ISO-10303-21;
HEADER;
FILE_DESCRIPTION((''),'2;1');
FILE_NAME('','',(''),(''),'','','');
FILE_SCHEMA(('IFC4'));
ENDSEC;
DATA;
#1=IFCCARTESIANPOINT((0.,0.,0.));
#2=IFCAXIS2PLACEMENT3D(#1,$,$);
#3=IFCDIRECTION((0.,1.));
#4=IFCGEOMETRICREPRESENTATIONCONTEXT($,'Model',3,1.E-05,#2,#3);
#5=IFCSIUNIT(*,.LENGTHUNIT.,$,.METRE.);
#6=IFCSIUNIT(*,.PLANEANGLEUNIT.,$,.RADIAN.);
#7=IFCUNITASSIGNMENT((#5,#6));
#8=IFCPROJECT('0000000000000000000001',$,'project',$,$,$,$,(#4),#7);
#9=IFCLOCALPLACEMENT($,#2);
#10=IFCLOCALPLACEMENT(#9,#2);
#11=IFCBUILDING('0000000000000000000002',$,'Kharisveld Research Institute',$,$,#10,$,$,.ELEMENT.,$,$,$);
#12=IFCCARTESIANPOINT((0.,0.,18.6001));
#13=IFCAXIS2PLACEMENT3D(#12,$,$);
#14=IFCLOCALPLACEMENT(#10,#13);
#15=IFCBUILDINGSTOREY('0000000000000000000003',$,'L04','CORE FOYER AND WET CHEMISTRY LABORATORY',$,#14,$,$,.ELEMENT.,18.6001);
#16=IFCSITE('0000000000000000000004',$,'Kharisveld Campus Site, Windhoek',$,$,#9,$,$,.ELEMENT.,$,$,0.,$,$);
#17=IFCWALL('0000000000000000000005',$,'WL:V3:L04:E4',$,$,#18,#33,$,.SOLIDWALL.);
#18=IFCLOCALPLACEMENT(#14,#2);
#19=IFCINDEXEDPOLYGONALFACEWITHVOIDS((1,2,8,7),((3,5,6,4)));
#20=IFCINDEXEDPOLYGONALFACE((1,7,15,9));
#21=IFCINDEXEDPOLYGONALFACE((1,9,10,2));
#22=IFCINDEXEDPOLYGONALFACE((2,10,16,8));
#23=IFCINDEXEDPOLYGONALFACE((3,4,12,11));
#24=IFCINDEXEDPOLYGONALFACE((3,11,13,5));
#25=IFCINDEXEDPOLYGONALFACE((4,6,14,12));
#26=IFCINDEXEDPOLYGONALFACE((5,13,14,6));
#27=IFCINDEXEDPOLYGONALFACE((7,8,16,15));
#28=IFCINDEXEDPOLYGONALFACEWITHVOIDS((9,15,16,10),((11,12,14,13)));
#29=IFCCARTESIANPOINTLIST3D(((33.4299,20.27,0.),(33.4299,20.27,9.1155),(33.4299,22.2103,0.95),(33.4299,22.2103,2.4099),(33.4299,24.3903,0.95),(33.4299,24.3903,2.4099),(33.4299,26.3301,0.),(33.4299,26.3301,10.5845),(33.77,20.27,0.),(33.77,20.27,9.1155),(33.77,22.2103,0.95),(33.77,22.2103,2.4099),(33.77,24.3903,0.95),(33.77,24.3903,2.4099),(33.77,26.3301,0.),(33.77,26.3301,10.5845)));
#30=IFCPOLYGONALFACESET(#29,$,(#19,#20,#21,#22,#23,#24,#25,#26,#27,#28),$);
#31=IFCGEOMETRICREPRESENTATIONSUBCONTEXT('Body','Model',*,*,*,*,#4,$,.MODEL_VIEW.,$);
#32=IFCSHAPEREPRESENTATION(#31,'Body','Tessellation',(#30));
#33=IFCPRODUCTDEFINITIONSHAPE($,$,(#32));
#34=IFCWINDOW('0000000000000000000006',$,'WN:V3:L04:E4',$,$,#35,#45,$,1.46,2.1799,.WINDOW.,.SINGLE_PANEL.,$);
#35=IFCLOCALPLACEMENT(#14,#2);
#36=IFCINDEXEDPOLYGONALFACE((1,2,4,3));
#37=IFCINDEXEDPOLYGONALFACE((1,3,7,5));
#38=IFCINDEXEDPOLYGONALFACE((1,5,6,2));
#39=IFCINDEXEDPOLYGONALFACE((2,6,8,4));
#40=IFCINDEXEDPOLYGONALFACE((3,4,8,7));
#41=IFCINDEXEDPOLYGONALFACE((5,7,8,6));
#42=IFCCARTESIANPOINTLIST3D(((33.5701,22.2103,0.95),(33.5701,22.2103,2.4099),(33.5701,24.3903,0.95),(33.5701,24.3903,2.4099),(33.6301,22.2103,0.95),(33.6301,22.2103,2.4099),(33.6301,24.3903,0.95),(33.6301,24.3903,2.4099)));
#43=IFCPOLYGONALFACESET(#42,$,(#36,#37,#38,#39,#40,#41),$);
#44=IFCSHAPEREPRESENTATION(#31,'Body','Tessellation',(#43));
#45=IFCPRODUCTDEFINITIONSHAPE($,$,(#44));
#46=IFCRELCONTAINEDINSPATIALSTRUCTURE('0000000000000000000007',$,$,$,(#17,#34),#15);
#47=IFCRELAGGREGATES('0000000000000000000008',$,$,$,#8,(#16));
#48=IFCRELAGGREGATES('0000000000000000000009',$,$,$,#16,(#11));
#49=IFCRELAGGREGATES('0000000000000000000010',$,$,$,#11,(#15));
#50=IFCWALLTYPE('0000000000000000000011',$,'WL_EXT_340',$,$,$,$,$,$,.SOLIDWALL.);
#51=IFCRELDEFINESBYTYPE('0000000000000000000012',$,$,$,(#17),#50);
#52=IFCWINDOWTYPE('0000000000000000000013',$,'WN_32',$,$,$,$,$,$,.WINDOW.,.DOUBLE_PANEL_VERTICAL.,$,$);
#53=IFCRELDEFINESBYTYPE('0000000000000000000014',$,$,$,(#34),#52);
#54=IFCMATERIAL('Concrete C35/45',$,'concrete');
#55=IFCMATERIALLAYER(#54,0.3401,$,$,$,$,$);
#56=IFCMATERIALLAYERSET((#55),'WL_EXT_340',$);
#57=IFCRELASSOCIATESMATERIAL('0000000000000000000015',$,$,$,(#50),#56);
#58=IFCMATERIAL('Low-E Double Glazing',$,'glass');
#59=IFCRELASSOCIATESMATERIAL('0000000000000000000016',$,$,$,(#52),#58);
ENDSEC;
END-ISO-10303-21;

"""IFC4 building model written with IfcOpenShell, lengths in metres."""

from ifc_helpers import new_model, si_unit, direction, frame, frame_2d, origin, place, context, subcontext, project, spatial, polyline, rectangle, outline, extrude, material, layer, layer_set, type_object, element, fill, save


model = new_model("IFC4")

# Units and contexts
model_context = context("Model", 3, precision=1e-05, world=origin(), true_north=direction((0.0, 1.0)))
body_context = subcontext(model_context, "Body", "Model", "MODEL_VIEW")
ifc_project = project(units=[si_unit("LENGTHUNIT", "METRE"), si_unit("PLANEANGLEUNIT", "RADIAN")], contexts=[model_context])

# Site, building, storey
site_placement = place(None, origin())
site = spatial("IfcSite", under=ifc_project, at=site_placement, Name="Kharisveld Campus Site, Windhoek", CompositionType="ELEMENT", RefElevation=0.0)
building_placement = place(site_placement, origin())
building = spatial("IfcBuilding", under=site, at=building_placement, Name="Kharisveld Research Institute", CompositionType="ELEMENT")
storey_placement = place(building_placement, frame((0.0, 0.0, 18.6001)))
storey = spatial("IfcBuildingStorey", under=building, at=storey_placement, Name="L04", Description="CORE FOYER AND WET CHEMISTRY LABORATORY", CompositionType="ELEMENT", Elevation=18.6001)

# Wall, opening, window
ifc_material_1 = material(Name="Concrete C35/45", Category="concrete")
ifc_layer_1 = layer(ifc_material_1, 0.3401)
ifc_layer_set_1 = layer_set([ifc_layer_1], Name="WL_EXT_340")
wall_type_1 = type_object("IfcWallType", Name="WL_EXT_340", PredefinedType="SOLIDWALL", material=ifc_layer_set_1)
wall_1_placement = place(storey_placement, frame((33.6001, 26.3301, 0.0), z_axis=(0.0, 0.0, 1.0), x_axis=(0.0, -1.0, 0.0)))
wall_1 = element("IfcWall", 1, at=wall_1_placement, inside=storey, type_object=wall_type_1, Name="WL:V3:L04:E4", PredefinedType="SOLIDWALL", context=body_context, shape_type="SweptSolid", body=[
    extrude(outline(polyline([(0.0, 0.0), (6.0601, 0.0), (6.0601, 9.1155), (0.0, 10.5845), (0.0, 0.0)])), frame((0.0, 0.1699, 0.0), z_axis=(0.0, -1.0, 0.0), x_axis=(1.0, 0.0, 0.0)), (0.0, 0.0, 1.0), 0.3401),
])
opening_placement = place(wall_1_placement, frame((1.9399, 0.0, 0.95)))
opening = element("IfcOpeningElement", 2, at=opening_placement, cuts=wall_1, PredefinedType="OPENING", context=body_context, shape_type="SweptSolid", body=[
    extrude(rectangle(XDim=2.1799, YDim=1.46, at=frame_2d((1.0898, 0.73))), frame((0.0, 0.1699, 0.0), z_axis=(0.0, -1.0, 0.0), x_axis=(1.0, 0.0, 0.0)), (0.0, 0.0, 1.0), 0.3401),
])
ifc_material_2 = material(Name="Low-E Double Glazing", Category="glass")
window_type = type_object("IfcWindowType", Name="WN_32", PartitioningType="DOUBLE_PANEL_VERTICAL", PredefinedType="WINDOW", material=ifc_material_2)
window_placement = place(opening_placement, origin())
window = element("IfcWindow", 3, at=window_placement, inside=storey, type_object=window_type, Name="WN:V3:L04:E4", OverallHeight=1.46, OverallWidth=2.1799, PartitioningType="SINGLE_PANEL", PredefinedType="WINDOW", context=body_context, shape_type="SweptSolid", body=[
    extrude(rectangle(XDim=2.1799, YDim=1.46, at=frame_2d((1.0898, 0.73))), frame((0.0, 0.03, 0.0), z_axis=(0.0, -1.0, 0.0), x_axis=(1.0, 0.0, 0.0)), (0.0, 0.0, 1.0), 0.0601),
])
fill(opening, window)

save(model, "model.ifc")
